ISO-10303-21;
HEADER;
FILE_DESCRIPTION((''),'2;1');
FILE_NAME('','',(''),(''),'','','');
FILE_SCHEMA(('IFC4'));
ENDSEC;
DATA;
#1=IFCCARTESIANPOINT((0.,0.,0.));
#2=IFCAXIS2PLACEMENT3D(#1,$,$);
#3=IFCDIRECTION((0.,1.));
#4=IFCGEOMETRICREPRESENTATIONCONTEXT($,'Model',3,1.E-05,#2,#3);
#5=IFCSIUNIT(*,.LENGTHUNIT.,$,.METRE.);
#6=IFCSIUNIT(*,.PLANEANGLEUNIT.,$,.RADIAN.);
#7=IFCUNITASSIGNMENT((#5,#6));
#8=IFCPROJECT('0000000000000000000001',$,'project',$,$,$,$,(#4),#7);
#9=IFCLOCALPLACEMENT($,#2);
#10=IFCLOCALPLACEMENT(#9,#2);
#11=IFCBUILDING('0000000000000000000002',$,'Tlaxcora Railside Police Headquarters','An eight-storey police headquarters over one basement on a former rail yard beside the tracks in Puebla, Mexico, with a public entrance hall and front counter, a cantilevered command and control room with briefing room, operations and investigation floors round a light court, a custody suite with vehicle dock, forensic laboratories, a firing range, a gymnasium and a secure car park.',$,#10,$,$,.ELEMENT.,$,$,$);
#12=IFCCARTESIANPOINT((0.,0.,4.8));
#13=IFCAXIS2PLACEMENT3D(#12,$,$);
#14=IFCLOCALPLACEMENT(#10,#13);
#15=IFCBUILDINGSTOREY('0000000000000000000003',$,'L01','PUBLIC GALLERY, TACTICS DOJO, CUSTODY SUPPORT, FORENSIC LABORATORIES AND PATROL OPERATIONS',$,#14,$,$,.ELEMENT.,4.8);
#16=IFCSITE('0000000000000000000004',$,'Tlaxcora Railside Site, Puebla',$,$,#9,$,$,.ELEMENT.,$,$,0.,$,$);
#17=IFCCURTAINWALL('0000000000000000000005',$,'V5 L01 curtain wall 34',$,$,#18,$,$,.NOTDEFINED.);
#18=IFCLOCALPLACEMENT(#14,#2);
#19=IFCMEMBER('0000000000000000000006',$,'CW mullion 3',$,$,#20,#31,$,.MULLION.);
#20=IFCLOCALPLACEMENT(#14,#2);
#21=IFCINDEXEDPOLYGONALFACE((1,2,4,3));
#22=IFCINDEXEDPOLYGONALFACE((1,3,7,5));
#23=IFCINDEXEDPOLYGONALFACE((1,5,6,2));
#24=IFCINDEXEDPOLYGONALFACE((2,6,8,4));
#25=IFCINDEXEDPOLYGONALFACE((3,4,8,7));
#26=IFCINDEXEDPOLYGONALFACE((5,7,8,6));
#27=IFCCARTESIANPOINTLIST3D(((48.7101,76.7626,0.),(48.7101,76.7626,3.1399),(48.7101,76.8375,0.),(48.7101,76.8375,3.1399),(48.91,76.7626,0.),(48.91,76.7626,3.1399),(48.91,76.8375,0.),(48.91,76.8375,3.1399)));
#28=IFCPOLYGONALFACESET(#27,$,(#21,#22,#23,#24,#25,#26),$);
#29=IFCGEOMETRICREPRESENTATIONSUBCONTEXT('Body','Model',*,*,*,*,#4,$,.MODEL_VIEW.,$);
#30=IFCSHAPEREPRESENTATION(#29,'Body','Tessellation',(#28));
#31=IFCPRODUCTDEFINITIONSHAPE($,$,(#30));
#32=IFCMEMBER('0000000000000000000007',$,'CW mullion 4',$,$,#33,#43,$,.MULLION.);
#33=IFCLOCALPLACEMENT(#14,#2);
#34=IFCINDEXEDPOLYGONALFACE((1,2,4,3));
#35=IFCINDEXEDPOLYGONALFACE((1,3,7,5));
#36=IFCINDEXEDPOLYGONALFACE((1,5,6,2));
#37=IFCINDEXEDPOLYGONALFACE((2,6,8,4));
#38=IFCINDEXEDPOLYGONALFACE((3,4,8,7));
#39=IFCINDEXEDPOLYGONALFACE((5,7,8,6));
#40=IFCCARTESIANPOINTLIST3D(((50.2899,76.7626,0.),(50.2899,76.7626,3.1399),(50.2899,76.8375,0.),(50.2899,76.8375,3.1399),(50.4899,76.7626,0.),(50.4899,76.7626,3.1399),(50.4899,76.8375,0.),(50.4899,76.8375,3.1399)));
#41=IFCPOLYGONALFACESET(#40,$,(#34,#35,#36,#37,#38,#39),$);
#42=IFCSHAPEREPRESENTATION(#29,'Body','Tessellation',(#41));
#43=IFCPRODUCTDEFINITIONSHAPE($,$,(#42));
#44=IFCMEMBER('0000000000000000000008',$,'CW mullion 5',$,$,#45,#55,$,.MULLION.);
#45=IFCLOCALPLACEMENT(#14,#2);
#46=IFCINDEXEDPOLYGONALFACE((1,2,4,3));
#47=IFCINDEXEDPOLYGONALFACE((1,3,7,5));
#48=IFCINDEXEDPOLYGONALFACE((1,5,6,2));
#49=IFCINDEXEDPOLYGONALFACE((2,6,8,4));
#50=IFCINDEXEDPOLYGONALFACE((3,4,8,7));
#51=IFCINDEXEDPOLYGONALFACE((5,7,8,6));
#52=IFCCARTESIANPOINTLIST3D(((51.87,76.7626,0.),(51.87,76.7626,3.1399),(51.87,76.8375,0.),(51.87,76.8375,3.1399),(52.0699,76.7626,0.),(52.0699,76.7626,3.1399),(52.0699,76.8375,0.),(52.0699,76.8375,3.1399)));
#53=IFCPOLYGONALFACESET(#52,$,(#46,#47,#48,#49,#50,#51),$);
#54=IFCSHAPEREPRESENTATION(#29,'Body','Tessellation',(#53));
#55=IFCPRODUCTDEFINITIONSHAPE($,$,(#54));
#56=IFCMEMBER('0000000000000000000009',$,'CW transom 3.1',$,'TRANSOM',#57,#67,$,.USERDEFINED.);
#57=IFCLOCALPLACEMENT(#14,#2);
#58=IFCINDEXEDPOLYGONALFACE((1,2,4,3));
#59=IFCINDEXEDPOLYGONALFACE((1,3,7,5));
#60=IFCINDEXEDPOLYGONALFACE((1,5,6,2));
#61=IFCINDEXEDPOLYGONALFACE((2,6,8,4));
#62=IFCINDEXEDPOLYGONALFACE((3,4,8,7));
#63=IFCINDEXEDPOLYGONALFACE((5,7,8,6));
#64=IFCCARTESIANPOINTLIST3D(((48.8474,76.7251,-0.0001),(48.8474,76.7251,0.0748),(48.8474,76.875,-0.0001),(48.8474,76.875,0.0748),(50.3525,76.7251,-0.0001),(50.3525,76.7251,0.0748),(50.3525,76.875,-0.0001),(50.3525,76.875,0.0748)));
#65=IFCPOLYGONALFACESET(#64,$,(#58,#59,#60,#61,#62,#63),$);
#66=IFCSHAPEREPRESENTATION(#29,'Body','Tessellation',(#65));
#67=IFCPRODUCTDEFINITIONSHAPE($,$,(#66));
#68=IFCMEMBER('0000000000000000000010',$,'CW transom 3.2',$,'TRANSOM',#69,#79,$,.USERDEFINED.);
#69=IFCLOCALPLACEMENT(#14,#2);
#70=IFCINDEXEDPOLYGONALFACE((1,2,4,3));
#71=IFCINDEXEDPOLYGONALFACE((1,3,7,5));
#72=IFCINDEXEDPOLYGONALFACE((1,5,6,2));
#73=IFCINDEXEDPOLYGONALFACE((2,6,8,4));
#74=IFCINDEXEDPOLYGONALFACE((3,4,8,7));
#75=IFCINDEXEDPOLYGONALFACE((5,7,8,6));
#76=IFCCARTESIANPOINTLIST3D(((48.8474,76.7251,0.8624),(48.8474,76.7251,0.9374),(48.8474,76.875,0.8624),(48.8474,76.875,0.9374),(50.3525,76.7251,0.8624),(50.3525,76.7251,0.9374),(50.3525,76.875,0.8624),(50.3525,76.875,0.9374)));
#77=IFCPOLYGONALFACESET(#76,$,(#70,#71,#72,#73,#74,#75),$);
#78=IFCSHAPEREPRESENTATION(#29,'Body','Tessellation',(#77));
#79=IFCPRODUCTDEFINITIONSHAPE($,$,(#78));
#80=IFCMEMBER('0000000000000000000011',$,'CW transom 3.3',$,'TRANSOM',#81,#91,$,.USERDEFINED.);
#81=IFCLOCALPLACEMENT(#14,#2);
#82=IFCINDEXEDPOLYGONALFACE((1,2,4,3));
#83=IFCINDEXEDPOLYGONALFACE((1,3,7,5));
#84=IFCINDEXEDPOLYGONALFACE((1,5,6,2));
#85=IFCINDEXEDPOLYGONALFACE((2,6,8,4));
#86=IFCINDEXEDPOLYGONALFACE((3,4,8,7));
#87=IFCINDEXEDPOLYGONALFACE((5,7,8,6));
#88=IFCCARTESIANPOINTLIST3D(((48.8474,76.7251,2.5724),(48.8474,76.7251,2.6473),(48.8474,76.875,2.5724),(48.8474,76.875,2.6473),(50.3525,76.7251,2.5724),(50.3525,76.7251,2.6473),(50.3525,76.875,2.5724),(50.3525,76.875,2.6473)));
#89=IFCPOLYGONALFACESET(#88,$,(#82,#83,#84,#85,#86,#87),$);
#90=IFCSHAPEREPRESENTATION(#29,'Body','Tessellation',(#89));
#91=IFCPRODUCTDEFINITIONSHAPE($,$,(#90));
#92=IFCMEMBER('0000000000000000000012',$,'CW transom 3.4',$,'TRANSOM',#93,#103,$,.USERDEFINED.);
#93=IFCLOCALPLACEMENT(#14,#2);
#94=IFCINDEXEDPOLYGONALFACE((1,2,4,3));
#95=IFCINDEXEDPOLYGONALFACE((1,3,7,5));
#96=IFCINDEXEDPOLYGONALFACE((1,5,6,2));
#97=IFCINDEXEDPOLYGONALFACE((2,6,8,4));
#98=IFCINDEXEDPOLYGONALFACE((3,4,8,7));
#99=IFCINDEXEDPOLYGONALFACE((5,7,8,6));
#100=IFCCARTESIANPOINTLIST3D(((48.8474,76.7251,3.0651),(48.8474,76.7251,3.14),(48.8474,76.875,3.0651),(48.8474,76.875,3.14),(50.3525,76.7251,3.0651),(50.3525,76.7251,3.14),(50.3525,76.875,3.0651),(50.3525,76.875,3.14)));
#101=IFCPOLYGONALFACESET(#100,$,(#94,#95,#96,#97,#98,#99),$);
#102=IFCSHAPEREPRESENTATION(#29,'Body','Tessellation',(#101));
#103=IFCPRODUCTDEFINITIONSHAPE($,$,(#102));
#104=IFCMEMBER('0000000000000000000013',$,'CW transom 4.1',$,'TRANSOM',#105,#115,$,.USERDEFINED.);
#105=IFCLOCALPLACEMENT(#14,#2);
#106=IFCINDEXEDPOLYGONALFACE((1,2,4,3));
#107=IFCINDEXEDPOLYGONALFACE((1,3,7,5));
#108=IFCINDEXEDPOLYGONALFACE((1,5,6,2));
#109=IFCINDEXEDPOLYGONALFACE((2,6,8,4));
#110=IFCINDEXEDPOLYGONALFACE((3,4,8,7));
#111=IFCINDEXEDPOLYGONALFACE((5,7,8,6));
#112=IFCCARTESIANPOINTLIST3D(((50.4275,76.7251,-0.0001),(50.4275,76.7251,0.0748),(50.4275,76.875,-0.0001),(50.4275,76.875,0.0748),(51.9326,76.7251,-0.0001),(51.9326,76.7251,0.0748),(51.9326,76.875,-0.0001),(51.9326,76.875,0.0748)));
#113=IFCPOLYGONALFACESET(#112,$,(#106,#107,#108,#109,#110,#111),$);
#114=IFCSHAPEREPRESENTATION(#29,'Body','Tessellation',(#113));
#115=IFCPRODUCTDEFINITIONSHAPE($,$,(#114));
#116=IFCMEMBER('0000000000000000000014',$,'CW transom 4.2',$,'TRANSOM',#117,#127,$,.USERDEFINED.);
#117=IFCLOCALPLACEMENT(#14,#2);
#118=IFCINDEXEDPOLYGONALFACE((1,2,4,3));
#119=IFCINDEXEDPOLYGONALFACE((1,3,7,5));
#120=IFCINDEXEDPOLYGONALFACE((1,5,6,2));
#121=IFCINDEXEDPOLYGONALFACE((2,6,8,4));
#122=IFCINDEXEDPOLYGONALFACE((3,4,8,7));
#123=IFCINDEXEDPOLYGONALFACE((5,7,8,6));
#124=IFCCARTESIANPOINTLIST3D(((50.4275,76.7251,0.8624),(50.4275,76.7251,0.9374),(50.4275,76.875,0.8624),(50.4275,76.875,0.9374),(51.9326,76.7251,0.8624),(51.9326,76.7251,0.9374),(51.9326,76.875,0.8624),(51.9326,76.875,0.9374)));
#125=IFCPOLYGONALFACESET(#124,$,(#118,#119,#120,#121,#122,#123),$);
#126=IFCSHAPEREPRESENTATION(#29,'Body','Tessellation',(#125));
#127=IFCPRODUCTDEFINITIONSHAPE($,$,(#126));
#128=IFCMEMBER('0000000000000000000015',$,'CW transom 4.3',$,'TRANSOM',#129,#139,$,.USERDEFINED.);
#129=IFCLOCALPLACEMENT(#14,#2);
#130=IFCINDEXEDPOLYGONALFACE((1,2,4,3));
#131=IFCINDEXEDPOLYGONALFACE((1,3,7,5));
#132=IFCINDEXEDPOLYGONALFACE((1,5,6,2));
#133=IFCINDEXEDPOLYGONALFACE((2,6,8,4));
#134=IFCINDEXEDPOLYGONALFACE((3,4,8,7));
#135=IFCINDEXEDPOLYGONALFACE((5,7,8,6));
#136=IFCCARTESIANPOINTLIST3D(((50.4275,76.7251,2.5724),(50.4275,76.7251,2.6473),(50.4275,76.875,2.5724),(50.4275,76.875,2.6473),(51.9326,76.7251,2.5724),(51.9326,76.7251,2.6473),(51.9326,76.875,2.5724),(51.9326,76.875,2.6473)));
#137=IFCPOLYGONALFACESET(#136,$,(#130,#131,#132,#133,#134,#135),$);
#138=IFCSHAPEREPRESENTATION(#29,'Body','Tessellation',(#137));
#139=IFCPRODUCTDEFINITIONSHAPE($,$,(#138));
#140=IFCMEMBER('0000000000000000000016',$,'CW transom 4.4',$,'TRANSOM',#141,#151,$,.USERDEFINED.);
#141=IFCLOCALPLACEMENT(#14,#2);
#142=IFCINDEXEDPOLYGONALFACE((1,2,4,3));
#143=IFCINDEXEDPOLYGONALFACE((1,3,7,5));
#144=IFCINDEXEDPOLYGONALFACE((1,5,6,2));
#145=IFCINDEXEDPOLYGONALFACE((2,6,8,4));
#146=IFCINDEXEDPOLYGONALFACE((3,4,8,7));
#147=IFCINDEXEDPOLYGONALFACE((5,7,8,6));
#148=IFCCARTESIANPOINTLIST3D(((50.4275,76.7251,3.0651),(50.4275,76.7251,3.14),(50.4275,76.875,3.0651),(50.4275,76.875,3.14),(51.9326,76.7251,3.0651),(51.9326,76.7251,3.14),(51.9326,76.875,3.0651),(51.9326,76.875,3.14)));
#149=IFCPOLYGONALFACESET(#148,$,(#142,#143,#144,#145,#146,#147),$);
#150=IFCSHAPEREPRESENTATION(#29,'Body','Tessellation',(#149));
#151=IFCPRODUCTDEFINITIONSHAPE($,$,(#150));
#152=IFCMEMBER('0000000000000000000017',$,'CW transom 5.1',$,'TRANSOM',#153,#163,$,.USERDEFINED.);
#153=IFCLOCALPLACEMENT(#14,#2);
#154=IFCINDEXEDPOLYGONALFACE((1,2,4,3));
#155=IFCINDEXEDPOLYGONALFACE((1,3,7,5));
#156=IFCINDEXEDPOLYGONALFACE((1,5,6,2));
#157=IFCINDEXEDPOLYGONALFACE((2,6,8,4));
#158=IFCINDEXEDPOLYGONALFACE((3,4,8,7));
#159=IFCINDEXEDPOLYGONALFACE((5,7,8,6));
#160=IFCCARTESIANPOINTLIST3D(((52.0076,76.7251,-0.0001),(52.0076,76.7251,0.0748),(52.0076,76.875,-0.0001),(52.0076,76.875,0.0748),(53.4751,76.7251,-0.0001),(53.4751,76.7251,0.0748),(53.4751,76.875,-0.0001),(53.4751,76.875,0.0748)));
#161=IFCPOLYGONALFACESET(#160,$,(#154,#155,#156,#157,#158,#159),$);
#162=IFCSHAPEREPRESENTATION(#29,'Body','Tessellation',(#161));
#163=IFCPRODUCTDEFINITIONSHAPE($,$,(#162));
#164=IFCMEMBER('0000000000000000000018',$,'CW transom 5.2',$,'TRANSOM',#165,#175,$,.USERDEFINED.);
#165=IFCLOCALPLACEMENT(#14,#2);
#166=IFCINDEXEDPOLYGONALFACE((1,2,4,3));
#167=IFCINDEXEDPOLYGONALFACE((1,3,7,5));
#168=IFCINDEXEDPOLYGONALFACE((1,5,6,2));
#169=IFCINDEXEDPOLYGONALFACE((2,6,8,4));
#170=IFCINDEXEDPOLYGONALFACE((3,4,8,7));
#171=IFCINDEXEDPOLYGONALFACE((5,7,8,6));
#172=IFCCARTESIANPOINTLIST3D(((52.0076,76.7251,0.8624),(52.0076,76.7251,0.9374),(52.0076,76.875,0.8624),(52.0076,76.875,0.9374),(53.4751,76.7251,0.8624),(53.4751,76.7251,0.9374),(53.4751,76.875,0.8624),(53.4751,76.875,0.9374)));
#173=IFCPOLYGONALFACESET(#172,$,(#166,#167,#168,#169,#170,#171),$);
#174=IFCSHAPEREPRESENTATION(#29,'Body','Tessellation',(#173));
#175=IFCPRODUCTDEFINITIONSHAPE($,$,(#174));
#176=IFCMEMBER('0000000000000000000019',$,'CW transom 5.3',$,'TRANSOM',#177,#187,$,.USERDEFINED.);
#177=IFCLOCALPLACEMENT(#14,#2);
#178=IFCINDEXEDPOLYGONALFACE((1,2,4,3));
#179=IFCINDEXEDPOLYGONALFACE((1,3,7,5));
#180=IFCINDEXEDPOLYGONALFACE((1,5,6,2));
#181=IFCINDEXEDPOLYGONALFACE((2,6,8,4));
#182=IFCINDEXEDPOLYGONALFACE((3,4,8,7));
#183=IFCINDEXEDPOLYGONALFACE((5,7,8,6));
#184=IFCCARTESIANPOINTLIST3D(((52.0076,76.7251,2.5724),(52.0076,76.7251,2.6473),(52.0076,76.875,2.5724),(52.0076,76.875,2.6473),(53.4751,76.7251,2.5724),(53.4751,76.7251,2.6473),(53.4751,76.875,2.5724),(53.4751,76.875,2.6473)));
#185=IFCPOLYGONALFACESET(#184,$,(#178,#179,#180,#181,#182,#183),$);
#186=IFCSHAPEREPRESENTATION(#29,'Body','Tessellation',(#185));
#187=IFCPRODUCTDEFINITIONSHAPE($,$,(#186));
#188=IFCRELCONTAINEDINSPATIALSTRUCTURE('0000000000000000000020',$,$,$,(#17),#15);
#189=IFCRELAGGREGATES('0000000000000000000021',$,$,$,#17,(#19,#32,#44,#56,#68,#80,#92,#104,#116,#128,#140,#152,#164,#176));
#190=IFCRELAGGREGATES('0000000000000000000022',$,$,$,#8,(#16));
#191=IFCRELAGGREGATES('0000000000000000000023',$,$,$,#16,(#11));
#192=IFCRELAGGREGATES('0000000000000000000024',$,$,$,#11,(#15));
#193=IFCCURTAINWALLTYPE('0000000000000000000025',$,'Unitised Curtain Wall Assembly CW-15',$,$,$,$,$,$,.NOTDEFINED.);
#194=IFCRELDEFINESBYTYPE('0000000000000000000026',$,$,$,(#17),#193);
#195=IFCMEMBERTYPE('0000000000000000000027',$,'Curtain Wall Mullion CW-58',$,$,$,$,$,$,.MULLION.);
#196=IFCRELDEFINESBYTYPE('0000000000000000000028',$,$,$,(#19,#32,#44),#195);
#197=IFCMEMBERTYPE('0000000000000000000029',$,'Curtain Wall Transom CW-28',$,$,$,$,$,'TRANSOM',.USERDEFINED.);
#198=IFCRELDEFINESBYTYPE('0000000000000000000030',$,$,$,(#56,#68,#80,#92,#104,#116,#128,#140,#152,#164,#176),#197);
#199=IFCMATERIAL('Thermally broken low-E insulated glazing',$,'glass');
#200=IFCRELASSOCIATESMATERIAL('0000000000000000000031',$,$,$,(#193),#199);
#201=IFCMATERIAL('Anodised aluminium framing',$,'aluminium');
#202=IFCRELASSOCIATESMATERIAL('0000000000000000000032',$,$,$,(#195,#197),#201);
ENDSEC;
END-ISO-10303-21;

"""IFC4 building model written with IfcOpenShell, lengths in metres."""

from ifc_helpers import new_model, si_unit, direction, frame, origin, origin_2d, place, context, subcontext, project, spatial, rectangle, extrude, material, material_profile, profile_set, type_object, element, aggregate, save


model = new_model("IFC4")

# Units and contexts
model_context = context("Model", 3, precision=1e-05, world=origin(), true_north=direction((0.0, 1.0)))
body_context = subcontext(model_context, "Body", "Model", "MODEL_VIEW")
ifc_project = project(units=[si_unit("LENGTHUNIT", "METRE"), si_unit("PLANEANGLEUNIT", "RADIAN")], contexts=[model_context])

# Site, building, storey
site_placement = place(None, origin())
site = spatial("IfcSite", under=ifc_project, at=site_placement, Name="Tlaxcora Railside Site, Puebla", CompositionType="ELEMENT", RefElevation=0.0)
building_placement = place(site_placement, origin())
building = spatial("IfcBuilding", under=site, at=building_placement, Name="Tlaxcora Railside Police Headquarters", Description="An eight-storey police headquarters over one basement on a former rail yard beside the tracks in Puebla, Mexico, with a public entrance hall and front counter, a cantilevered command and control room with briefing room, operations and investigation floors round a light court, a custody suite with vehicle dock, forensic laboratories, a firing range, a gymnasium and a secure car park.", CompositionType="ELEMENT")
storey_placement = place(building_placement, frame((0.0, 0.0, 4.8)))
storey = spatial("IfcBuildingStorey", under=building, at=storey_placement, Name="L01", Description="PUBLIC GALLERY, TACTICS DOJO, CUSTODY SUPPORT, FORENSIC LABORATORIES AND PATROL OPERATIONS", CompositionType="ELEMENT", Elevation=4.8)

# Curtain wall, members
ifc_material_1 = material(Name="Thermally broken low-E insulated glazing", Category="glass")
curtain_wall_type = type_object("IfcCurtainWallType", Name="Unitised Curtain Wall Assembly CW-15", PredefinedType="NOTDEFINED", material=ifc_material_1)
curtain_wall_placement = place(storey_placement, origin())
curtain_wall = element("IfcCurtainWall", 1, at=curtain_wall_placement, inside=storey, type_object=curtain_wall_type, Name="V5 L01 curtain wall 34", PredefinedType="NOTDEFINED")
ifc_material_2 = material(Name="Anodised aluminium framing", Category="aluminium")
ifc_material_profile_1 = material_profile(ifc_material_2, rectangle(XDim=0.075, YDim=0.2, at=origin_2d()), Name="AL75X200")
ifc_profile_set_1 = profile_set([ifc_material_profile_1], Name="Anodised aluminium framing")
member_type_1 = type_object("IfcMemberType", Name="Curtain Wall Mullion CW-58", PredefinedType="MULLION", material=ifc_profile_set_1)
member_1_placement = place(storey_placement, frame((48.8101, 76.8, 0.0), z_axis=(0.0, 0.0, 1.0), x_axis=(0.0, 1.0, 0.0)))
member_1 = element("IfcMember", 2, at=member_1_placement, type_object=member_type_1, Name="CW mullion 3", PredefinedType="MULLION", context=body_context, shape_type="SweptSolid", body=[
    extrude(rectangle(XDim=0.075, YDim=0.2, at=origin_2d()), origin(), (0.0, 0.0, 1.0), 3.1399),
])
member_2_placement = place(storey_placement, frame((50.3899, 76.8, 0.0), z_axis=(0.0, 0.0, 1.0), x_axis=(0.0, 1.0, 0.0)))
member_2 = element("IfcMember", 3, at=member_2_placement, type_object=member_type_1, Name="CW mullion 4", PredefinedType="MULLION", context=body_context, shape_type="SweptSolid", body=[
    extrude(rectangle(XDim=0.075, YDim=0.2, at=origin_2d()), origin(), (0.0, 0.0, 1.0), 3.1399),
])
member_3_placement = place(storey_placement, frame((51.97, 76.8, 0.0), z_axis=(0.0, 0.0, 1.0), x_axis=(0.0, 1.0, 0.0)))
member_3 = element("IfcMember", 4, at=member_3_placement, type_object=member_type_1, Name="CW mullion 5", PredefinedType="MULLION", context=body_context, shape_type="SweptSolid", body=[
    extrude(rectangle(XDim=0.075, YDim=0.2, at=origin_2d()), origin(), (0.0, 0.0, 1.0), 3.1399),
])
ifc_material_profile_2 = material_profile(ifc_material_2, rectangle(XDim=0.1499, YDim=0.075, at=origin_2d()), Name="AL75X150")
ifc_profile_set_2 = profile_set([ifc_material_profile_2], Name="Anodised aluminium framing")
member_type_2 = type_object("IfcMemberType", Name="Curtain Wall Transom CW-28", ElementType="TRANSOM", PredefinedType="USERDEFINED", material=ifc_profile_set_2)
member_4_placement = place(storey_placement, frame((48.8474, 76.8, 0.0374), z_axis=(1.0, 0.0, 0.0), x_axis=(0.0, 1.0, 0.0)))
member_4 = element("IfcMember", 5, at=member_4_placement, type_object=member_type_2, Name="CW transom 3.1", ObjectType="TRANSOM", PredefinedType="USERDEFINED", context=body_context, shape_type="SweptSolid", body=[
    extrude(rectangle(XDim=0.1499, YDim=0.075, at=origin_2d()), origin(), (0.0, 0.0, 1.0), 1.5051),
])
member_5_placement = place(storey_placement, frame((48.8474, 76.8, 0.8999), z_axis=(1.0, 0.0, 0.0), x_axis=(0.0, 1.0, 0.0)))
member_5 = element("IfcMember", 6, at=member_5_placement, type_object=member_type_2, Name="CW transom 3.2", ObjectType="TRANSOM", PredefinedType="USERDEFINED", context=body_context, shape_type="SweptSolid", body=[
    extrude(rectangle(XDim=0.1499, YDim=0.075, at=origin_2d()), origin(), (0.0, 0.0, 1.0), 1.5051),
])
member_6_placement = place(storey_placement, frame((48.8474, 76.8, 2.6099), z_axis=(1.0, 0.0, 0.0), x_axis=(0.0, 1.0, 0.0)))
member_6 = element("IfcMember", 7, at=member_6_placement, type_object=member_type_2, Name="CW transom 3.3", ObjectType="TRANSOM", PredefinedType="USERDEFINED", context=body_context, shape_type="SweptSolid", body=[
    extrude(rectangle(XDim=0.1499, YDim=0.075, at=origin_2d()), origin(), (0.0, 0.0, 1.0), 1.5051),
])
member_7_placement = place(storey_placement, frame((48.8474, 76.8, 3.1025), z_axis=(1.0, 0.0, 0.0), x_axis=(0.0, 1.0, 0.0)))
member_7 = element("IfcMember", 8, at=member_7_placement, type_object=member_type_2, Name="CW transom 3.4", ObjectType="TRANSOM", PredefinedType="USERDEFINED", context=body_context, shape_type="SweptSolid", body=[
    extrude(rectangle(XDim=0.1499, YDim=0.075, at=origin_2d()), origin(), (0.0, 0.0, 1.0), 1.5051),
])
member_8_placement = place(storey_placement, frame((50.4275, 76.8, 0.0374), z_axis=(1.0, 0.0, 0.0), x_axis=(0.0, 1.0, 0.0)))
member_8 = element("IfcMember", 9, at=member_8_placement, type_object=member_type_2, Name="CW transom 4.1", ObjectType="TRANSOM", PredefinedType="USERDEFINED", context=body_context, shape_type="SweptSolid", body=[
    extrude(rectangle(XDim=0.1499, YDim=0.075, at=origin_2d()), origin(), (0.0, 0.0, 1.0), 1.5051),
])
member_9_placement = place(storey_placement, frame((50.4275, 76.8, 0.8999), z_axis=(1.0, 0.0, 0.0), x_axis=(0.0, 1.0, 0.0)))
member_9 = element("IfcMember", 10, at=member_9_placement, type_object=member_type_2, Name="CW transom 4.2", ObjectType="TRANSOM", PredefinedType="USERDEFINED", context=body_context, shape_type="SweptSolid", body=[
    extrude(rectangle(XDim=0.1499, YDim=0.075, at=origin_2d()), origin(), (0.0, 0.0, 1.0), 1.5051),
])
member_10_placement = place(storey_placement, frame((50.4275, 76.8, 2.6099), z_axis=(1.0, 0.0, 0.0), x_axis=(0.0, 1.0, 0.0)))
member_10 = element("IfcMember", 11, at=member_10_placement, type_object=member_type_2, Name="CW transom 4.3", ObjectType="TRANSOM", PredefinedType="USERDEFINED", context=body_context, shape_type="SweptSolid", body=[
    extrude(rectangle(XDim=0.1499, YDim=0.075, at=origin_2d()), origin(), (0.0, 0.0, 1.0), 1.5051),
])
member_11_placement = place(storey_placement, frame((50.4275, 76.8, 3.1025), z_axis=(1.0, 0.0, 0.0), x_axis=(0.0, 1.0, 0.0)))
member_11 = element("IfcMember", 12, at=member_11_placement, type_object=member_type_2, Name="CW transom 4.4", ObjectType="TRANSOM", PredefinedType="USERDEFINED", context=body_context, shape_type="SweptSolid", body=[
    extrude(rectangle(XDim=0.1499, YDim=0.075, at=origin_2d()), origin(), (0.0, 0.0, 1.0), 1.5051),
])
member_12_placement = place(storey_placement, frame((52.0076, 76.8, 0.0374), z_axis=(1.0, 0.0, 0.0), x_axis=(0.0, 1.0, 0.0)))
member_12 = element("IfcMember", 13, at=member_12_placement, type_object=member_type_2, Name="CW transom 5.1", ObjectType="TRANSOM", PredefinedType="USERDEFINED", context=body_context, shape_type="SweptSolid", body=[
    extrude(rectangle(XDim=0.1499, YDim=0.075, at=origin_2d()), origin(), (0.0, 0.0, 1.0), 1.4675),
])
member_13_placement = place(storey_placement, frame((52.0076, 76.8, 0.8999), z_axis=(1.0, 0.0, 0.0), x_axis=(0.0, 1.0, 0.0)))
member_13 = element("IfcMember", 14, at=member_13_placement, type_object=member_type_2, Name="CW transom 5.2", ObjectType="TRANSOM", PredefinedType="USERDEFINED", context=body_context, shape_type="SweptSolid", body=[
    extrude(rectangle(XDim=0.1499, YDim=0.075, at=origin_2d()), origin(), (0.0, 0.0, 1.0), 1.4675),
])
member_14_placement = place(storey_placement, frame((52.0076, 76.8, 2.6099), z_axis=(1.0, 0.0, 0.0), x_axis=(0.0, 1.0, 0.0)))
member_14 = element("IfcMember", 15, at=member_14_placement, type_object=member_type_2, Name="CW transom 5.3", ObjectType="TRANSOM", PredefinedType="USERDEFINED", context=body_context, shape_type="SweptSolid", body=[
    extrude(rectangle(XDim=0.1499, YDim=0.075, at=origin_2d()), origin(), (0.0, 0.0, 1.0), 1.4675),
])
aggregate(curtain_wall, [member_1, member_2, member_3, member_4, member_5, member_6, member_7, member_8, member_9, member_10, member_11, member_12, member_13, member_14])

save(model, "model.ifc")
